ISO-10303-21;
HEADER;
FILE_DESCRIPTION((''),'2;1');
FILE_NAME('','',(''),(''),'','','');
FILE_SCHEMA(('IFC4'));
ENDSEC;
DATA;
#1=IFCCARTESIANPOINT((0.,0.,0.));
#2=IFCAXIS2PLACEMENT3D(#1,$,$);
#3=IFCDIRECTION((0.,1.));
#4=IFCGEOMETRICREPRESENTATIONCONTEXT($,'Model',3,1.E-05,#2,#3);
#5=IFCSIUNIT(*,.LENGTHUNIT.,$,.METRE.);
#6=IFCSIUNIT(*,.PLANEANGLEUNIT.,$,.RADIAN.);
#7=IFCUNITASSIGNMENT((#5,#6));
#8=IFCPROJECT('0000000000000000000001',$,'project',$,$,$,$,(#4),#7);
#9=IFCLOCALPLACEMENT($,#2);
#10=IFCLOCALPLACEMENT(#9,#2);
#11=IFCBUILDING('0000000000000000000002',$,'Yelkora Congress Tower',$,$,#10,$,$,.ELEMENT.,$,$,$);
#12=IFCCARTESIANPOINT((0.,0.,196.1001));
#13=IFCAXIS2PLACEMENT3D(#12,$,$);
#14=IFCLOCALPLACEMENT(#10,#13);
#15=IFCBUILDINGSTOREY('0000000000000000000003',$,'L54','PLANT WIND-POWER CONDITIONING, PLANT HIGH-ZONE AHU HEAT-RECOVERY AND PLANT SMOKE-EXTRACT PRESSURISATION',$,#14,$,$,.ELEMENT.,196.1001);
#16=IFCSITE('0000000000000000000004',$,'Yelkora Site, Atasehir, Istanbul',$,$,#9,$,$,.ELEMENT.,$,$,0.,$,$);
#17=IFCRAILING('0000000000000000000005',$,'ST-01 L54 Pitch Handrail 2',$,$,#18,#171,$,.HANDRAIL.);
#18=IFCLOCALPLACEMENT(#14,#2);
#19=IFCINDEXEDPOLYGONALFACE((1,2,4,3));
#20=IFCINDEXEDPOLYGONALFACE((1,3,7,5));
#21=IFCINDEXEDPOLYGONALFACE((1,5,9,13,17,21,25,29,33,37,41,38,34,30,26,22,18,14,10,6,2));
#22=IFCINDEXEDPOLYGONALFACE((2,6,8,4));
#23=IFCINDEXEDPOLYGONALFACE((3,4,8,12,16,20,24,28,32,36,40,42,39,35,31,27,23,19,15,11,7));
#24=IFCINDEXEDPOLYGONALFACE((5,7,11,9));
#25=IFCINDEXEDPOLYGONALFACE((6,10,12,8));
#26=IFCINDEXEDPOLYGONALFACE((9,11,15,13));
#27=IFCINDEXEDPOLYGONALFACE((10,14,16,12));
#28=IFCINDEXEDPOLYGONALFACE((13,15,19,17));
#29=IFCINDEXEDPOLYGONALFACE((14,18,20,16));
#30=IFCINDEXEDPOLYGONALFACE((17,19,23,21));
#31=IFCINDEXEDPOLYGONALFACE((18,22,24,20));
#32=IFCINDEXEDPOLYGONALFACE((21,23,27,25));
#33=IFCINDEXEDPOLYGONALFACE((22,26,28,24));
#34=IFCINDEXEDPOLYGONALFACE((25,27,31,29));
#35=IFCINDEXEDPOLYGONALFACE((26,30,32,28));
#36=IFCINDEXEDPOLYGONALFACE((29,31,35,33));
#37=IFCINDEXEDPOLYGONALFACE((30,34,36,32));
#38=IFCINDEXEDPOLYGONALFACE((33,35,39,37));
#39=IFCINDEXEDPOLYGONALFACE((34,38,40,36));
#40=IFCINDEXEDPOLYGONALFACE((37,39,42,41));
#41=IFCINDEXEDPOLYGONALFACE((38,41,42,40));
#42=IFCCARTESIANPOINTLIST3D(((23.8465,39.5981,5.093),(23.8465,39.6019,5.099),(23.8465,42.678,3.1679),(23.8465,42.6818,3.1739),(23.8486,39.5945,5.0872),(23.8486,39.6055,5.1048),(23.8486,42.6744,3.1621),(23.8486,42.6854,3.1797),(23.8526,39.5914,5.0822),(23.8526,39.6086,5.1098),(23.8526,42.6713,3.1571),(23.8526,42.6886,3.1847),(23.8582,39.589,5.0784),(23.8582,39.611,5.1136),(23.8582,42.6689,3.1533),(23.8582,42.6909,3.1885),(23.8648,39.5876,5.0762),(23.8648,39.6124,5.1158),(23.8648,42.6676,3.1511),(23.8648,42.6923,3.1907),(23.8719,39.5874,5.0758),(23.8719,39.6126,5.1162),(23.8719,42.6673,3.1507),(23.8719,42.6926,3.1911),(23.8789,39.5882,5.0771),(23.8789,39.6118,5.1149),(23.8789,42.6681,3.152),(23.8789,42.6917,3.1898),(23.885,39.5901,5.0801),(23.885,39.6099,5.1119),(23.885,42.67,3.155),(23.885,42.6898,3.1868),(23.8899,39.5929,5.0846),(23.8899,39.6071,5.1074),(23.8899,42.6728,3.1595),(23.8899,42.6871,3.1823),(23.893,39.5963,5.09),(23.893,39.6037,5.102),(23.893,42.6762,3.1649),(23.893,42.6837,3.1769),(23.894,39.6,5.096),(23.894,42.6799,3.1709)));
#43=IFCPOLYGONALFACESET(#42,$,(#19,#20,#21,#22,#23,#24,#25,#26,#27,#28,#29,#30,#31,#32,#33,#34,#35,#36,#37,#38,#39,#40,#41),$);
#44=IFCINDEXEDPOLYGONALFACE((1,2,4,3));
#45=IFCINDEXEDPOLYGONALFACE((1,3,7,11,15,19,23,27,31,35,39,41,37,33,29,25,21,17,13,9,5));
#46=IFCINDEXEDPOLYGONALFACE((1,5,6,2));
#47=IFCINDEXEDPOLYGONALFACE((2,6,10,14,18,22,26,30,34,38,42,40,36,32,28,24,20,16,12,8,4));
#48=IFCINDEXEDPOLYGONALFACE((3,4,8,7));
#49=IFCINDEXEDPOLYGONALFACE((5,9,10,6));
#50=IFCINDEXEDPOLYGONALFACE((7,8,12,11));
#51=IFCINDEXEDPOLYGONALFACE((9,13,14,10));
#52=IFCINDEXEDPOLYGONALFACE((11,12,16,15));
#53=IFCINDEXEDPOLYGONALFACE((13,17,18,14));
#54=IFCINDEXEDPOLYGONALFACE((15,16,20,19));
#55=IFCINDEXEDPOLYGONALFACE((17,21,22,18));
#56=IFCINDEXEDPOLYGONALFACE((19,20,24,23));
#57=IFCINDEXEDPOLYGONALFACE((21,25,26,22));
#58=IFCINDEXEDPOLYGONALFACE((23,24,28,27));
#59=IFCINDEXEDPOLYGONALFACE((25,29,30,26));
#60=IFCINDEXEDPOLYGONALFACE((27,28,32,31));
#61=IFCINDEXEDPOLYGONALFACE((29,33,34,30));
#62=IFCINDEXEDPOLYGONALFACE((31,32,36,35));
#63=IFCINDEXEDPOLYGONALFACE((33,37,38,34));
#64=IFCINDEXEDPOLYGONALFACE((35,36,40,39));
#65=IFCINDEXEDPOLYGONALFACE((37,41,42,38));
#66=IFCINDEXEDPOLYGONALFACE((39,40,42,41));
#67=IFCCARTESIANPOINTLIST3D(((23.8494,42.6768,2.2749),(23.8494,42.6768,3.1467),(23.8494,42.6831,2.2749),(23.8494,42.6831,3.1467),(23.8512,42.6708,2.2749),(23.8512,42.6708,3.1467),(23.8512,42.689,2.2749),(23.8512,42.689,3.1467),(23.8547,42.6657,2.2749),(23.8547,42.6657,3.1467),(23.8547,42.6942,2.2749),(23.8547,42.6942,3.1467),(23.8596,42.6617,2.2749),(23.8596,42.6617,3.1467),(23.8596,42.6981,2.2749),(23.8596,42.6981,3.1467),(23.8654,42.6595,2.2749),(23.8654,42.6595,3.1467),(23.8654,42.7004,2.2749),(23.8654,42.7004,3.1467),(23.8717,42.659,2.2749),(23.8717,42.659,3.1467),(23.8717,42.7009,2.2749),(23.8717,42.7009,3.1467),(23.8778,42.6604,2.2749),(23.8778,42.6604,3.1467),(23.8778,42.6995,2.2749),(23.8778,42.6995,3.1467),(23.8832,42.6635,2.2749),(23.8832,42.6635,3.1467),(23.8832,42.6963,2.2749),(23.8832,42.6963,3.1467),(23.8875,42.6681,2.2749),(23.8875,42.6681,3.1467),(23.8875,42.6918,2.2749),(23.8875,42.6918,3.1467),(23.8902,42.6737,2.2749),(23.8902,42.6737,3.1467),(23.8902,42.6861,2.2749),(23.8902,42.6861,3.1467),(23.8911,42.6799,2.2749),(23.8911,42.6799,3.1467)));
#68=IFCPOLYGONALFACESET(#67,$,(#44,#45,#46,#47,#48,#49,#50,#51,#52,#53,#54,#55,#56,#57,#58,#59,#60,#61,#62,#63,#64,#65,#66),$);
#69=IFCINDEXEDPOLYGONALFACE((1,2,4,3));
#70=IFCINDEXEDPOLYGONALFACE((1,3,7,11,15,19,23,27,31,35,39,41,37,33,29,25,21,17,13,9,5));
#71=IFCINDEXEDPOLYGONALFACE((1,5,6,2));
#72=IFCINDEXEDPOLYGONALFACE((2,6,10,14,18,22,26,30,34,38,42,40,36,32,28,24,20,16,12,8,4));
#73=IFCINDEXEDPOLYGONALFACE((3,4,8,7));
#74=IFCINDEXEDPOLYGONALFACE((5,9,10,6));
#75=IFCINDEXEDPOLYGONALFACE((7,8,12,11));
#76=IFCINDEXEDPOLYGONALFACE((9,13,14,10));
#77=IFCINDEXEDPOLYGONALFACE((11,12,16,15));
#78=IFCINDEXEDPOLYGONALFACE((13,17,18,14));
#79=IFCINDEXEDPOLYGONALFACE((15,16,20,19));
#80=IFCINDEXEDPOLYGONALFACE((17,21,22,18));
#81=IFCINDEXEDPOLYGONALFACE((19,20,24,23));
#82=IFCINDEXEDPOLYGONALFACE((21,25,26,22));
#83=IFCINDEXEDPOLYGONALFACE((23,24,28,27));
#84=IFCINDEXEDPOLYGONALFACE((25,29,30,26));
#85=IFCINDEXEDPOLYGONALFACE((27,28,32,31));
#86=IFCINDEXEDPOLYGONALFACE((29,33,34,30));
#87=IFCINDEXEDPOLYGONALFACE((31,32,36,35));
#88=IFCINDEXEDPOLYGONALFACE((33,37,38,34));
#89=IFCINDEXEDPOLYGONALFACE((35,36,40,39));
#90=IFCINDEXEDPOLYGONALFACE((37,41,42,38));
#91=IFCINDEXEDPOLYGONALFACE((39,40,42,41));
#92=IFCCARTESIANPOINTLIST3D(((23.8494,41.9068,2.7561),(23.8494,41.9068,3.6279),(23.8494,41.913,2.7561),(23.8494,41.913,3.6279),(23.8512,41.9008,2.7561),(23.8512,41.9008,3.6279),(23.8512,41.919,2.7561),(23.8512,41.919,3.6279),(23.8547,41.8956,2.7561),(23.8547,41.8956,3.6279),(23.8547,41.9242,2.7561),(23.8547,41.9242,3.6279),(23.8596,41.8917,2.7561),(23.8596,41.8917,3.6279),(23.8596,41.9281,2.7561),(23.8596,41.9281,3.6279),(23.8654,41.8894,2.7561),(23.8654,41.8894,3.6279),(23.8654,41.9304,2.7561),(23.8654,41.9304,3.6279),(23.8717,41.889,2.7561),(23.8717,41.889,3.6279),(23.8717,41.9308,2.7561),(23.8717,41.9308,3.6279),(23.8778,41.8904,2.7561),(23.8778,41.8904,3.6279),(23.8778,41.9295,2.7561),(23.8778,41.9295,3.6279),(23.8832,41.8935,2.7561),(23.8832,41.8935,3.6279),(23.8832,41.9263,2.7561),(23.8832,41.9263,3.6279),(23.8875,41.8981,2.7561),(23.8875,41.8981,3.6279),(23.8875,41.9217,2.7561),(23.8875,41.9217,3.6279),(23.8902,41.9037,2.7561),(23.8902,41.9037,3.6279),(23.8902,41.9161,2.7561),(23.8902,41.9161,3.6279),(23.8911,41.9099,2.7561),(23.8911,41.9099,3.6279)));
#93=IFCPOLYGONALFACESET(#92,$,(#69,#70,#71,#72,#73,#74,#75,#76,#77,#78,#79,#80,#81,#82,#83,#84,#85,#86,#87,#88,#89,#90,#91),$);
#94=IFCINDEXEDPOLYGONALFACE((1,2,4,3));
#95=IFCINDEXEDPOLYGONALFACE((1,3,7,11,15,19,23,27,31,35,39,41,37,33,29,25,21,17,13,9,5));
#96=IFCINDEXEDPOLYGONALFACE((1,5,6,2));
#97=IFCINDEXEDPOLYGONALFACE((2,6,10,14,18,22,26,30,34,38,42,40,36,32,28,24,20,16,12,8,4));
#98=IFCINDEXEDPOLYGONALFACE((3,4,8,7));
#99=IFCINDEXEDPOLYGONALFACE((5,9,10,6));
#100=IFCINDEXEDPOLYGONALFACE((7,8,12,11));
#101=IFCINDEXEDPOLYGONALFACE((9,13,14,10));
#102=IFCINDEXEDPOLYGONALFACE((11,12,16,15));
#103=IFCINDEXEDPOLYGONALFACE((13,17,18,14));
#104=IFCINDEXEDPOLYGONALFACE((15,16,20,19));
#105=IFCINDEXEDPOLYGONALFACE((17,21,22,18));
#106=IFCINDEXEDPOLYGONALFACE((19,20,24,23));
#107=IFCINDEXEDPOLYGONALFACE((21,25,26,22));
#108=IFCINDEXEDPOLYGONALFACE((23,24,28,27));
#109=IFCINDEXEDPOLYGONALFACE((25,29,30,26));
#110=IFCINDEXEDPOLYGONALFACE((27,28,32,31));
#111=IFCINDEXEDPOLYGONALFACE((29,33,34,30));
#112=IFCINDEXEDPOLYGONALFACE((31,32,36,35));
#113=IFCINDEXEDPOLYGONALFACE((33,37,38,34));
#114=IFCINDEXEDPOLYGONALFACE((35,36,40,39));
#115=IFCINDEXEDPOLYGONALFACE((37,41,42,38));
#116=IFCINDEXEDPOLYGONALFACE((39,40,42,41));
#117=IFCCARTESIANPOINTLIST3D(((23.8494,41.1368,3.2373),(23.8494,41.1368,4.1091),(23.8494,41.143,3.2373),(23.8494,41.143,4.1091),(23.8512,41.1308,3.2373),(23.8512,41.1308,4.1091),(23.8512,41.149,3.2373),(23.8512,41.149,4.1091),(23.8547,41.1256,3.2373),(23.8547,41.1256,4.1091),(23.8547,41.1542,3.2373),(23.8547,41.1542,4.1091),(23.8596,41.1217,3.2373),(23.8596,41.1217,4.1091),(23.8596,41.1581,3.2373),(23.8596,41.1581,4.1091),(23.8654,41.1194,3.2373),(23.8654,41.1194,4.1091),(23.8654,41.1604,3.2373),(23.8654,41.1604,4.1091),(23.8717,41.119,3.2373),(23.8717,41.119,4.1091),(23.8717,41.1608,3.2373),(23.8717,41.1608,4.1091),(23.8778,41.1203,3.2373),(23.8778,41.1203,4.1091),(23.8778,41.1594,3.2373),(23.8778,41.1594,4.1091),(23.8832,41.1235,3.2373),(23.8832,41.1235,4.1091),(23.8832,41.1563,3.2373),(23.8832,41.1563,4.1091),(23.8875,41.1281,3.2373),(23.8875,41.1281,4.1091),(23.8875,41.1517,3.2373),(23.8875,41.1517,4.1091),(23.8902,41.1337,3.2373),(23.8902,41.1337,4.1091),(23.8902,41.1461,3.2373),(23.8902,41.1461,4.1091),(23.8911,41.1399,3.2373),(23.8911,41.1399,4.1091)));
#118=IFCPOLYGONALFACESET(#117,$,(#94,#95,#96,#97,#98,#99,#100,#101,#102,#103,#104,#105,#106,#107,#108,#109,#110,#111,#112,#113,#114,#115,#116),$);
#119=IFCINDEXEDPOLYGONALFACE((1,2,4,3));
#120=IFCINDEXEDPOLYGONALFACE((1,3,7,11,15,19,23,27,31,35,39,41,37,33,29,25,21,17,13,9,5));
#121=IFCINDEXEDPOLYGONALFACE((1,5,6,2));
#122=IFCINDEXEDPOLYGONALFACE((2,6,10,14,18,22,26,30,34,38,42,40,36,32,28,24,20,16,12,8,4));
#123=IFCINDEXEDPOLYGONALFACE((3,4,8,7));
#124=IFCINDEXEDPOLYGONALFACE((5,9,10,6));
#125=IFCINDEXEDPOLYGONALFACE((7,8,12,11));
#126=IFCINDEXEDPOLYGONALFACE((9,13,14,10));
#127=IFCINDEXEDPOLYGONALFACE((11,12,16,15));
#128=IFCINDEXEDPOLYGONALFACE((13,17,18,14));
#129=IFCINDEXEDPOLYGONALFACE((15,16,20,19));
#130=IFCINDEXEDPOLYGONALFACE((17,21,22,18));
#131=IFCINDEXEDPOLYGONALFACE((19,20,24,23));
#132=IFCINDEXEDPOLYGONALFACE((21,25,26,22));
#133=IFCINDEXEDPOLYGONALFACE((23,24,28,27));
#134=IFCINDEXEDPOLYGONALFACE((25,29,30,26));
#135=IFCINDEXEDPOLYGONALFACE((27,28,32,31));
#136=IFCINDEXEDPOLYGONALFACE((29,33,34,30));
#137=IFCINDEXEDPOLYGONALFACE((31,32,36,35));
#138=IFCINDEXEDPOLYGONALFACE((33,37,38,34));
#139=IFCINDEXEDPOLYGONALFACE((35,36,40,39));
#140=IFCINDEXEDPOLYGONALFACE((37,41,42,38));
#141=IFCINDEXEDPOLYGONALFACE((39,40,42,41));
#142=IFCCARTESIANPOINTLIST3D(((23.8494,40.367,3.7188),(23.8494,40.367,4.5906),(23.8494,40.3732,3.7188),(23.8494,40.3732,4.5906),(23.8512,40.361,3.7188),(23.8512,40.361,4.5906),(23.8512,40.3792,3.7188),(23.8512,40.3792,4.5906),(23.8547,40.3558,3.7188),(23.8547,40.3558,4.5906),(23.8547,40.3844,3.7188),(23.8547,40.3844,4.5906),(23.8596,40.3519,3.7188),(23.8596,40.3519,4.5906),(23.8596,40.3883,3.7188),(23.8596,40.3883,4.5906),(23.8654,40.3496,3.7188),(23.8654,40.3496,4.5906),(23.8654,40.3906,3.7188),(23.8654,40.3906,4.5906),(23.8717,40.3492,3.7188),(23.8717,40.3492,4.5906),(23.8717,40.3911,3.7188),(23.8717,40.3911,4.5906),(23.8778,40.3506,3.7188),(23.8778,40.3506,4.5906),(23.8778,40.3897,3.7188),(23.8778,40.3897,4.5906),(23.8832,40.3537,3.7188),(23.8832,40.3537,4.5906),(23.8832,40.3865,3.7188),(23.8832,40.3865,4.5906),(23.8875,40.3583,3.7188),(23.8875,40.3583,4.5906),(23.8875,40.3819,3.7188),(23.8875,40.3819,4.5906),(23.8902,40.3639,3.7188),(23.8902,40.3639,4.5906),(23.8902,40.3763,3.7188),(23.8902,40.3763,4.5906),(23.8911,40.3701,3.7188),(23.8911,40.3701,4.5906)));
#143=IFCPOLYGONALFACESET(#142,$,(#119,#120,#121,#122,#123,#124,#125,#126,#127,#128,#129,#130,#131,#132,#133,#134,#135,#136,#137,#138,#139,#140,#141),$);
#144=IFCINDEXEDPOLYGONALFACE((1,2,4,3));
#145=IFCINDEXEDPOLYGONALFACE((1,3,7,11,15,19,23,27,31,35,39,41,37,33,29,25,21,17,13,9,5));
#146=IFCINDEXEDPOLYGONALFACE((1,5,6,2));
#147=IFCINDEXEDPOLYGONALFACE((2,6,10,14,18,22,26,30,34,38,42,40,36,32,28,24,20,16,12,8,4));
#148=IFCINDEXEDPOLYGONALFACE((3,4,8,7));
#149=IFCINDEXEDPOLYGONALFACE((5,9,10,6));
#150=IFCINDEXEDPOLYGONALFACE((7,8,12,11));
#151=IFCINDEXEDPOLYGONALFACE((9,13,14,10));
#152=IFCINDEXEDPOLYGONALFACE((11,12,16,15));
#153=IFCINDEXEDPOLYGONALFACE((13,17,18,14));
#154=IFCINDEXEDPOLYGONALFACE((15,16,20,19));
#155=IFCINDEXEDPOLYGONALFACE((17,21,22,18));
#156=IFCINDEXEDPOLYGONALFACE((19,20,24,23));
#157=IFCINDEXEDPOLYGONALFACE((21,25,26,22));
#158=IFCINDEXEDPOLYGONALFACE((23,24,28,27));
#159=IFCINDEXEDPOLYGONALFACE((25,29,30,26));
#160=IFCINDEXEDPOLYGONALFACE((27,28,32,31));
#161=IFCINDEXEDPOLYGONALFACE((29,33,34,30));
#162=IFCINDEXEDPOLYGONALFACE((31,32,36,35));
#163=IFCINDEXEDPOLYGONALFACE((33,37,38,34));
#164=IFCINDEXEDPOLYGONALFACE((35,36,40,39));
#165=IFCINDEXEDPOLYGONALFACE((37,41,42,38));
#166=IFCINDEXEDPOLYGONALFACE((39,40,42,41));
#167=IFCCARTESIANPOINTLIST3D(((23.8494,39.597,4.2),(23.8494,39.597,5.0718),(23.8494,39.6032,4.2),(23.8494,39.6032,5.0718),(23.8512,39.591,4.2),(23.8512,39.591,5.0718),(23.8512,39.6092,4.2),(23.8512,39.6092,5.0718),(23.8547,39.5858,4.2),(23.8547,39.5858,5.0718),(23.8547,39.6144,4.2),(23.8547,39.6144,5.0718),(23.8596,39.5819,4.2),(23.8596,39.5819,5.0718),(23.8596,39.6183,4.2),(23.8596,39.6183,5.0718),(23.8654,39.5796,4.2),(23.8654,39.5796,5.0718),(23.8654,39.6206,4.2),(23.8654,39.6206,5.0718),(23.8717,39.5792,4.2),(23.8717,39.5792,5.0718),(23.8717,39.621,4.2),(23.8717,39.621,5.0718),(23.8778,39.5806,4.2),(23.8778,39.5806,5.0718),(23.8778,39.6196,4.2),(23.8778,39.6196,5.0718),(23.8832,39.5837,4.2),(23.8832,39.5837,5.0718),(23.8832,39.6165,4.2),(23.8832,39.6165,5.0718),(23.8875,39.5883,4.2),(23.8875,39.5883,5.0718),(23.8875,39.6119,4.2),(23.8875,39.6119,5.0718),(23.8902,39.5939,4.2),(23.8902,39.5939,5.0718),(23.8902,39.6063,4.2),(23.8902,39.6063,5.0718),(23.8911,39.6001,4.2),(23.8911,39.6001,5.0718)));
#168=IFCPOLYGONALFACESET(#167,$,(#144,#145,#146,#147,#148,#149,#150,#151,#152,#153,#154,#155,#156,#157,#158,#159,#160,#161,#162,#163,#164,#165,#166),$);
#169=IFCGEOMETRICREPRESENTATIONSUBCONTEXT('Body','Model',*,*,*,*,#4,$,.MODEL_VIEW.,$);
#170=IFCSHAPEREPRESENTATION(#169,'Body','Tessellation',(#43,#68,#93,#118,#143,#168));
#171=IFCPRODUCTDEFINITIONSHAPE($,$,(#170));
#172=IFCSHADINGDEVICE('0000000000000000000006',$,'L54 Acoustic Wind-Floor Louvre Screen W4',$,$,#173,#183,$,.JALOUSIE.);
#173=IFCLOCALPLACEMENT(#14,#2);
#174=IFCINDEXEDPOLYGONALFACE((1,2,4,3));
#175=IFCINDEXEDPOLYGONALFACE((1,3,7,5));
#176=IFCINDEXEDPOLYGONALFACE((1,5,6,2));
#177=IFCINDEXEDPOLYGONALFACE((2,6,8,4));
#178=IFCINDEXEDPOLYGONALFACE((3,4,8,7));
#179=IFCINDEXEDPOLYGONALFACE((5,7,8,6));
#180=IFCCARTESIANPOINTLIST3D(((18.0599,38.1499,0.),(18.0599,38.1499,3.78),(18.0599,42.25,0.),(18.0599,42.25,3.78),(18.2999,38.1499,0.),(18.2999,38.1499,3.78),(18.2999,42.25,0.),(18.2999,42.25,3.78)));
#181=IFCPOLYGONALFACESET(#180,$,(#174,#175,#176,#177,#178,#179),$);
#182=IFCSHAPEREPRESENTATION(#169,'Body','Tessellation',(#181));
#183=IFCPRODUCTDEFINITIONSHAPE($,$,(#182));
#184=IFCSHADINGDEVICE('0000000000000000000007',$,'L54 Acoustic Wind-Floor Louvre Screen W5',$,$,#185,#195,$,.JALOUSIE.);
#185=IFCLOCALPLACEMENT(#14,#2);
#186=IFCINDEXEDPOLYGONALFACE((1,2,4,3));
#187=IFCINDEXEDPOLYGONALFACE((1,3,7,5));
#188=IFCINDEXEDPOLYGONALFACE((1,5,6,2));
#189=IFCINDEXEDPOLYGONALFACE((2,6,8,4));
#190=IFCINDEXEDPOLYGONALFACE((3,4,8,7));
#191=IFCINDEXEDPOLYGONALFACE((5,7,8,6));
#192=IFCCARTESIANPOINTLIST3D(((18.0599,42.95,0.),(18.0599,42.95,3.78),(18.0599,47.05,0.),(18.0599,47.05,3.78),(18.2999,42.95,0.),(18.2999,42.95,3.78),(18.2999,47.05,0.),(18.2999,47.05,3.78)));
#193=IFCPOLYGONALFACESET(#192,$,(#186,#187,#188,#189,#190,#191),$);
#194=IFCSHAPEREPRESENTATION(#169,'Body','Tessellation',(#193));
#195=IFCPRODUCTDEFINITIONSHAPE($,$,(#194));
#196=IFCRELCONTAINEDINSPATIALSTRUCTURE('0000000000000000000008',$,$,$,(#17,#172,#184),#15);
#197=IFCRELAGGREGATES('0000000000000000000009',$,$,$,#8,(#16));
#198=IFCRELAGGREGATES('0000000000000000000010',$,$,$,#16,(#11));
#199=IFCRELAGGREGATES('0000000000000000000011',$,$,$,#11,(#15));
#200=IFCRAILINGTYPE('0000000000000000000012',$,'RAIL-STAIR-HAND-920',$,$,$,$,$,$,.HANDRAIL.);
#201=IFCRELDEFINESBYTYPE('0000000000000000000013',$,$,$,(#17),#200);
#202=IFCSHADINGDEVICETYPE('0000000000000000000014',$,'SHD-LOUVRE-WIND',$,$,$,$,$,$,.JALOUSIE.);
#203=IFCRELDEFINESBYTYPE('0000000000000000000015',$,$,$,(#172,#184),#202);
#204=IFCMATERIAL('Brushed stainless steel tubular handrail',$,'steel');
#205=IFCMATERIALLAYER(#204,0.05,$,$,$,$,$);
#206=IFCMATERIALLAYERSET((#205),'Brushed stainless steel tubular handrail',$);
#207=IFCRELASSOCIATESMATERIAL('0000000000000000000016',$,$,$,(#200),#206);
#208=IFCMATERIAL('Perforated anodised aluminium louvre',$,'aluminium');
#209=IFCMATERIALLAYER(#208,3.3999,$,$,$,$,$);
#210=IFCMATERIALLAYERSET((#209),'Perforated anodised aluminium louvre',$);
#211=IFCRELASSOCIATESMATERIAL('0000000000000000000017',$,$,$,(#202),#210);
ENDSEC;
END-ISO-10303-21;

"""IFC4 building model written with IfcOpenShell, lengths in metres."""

from ifc_helpers import new_model, si_unit, direction, frame, origin, origin_2d, place, context, subcontext, project, spatial, rectangle, circle, extrude, material, layer, layer_set, type_object, element, save


model = new_model("IFC4")

# Units and contexts
model_context = context("Model", 3, precision=1e-05, world=origin(), true_north=direction((0.0, 1.0)))
body_context = subcontext(model_context, "Body", "Model", "MODEL_VIEW")
ifc_project = project(units=[si_unit("LENGTHUNIT", "METRE"), si_unit("PLANEANGLEUNIT", "RADIAN")], contexts=[model_context])

# Site, building, storey
site_placement = place(None, origin())
site = spatial("IfcSite", under=ifc_project, at=site_placement, Name="Yelkora Site, Atasehir, Istanbul", CompositionType="ELEMENT", RefElevation=0.0)
building_placement = place(site_placement, origin())
building = spatial("IfcBuilding", under=site, at=building_placement, Name="Yelkora Congress Tower", CompositionType="ELEMENT")
storey_placement = place(building_placement, frame((0.0, 0.0, 196.1001)))
storey = spatial("IfcBuildingStorey", under=building, at=storey_placement, Name="L54", Description="PLANT WIND-POWER CONDITIONING, PLANT HIGH-ZONE AHU HEAT-RECOVERY AND PLANT SMOKE-EXTRACT PRESSURISATION", CompositionType="ELEMENT", Elevation=196.1001)

# Railing
ifc_material_1 = material(Name="Brushed stainless steel tubular handrail", Category="steel")
ifc_layer_1 = layer(ifc_material_1, 0.05)
ifc_layer_set_1 = layer_set([ifc_layer_1], Name="Brushed stainless steel tubular handrail")
railing_type_1 = type_object("IfcRailingType", Name="RAIL-STAIR-HAND-920", PredefinedType="HANDRAIL", material=ifc_layer_set_1)
railing_1_placement = place(storey_placement, frame((23.8701, 42.6799, 2.2749)))
element("IfcRailing", 1, at=railing_1_placement, inside=storey, type_object=railing_type_1, Name="ST-01 L54 Pitch Handrail 2", PredefinedType="HANDRAIL", context=body_context, shape_type="SweptSolid", body=[
    extrude(circle(Radius=0.0239, at=origin_2d()), frame((0.0, 0.0, 0.896), z_axis=(0.0, -0.847979, 0.530029), x_axis=(1.0, 0.0, 0.0)), (0.0, 0.0, 1.0), 3.6321),
    extrude(circle(Radius=0.021, at=origin_2d()), origin(), (0.0, 0.0, 1.0), 0.8718),
    extrude(circle(Radius=0.021, at=origin_2d()), frame((0.0, -0.77, 0.4812)), (0.0, 0.0, 1.0), 0.8718),
    extrude(circle(Radius=0.021, at=origin_2d()), frame((0.0, -1.54, 0.9624)), (0.0, 0.0, 1.0), 0.8718),
    extrude(circle(Radius=0.021, at=origin_2d()), frame((0.0, -2.3098, 1.4438)), (0.0, 0.0, 1.0), 0.8718),
    extrude(circle(Radius=0.021, at=origin_2d()), frame((0.0, -3.0798, 1.925)), (0.0, 0.0, 1.0), 0.8718),
])

# Shading devices
ifc_material_2 = material(Name="Perforated anodised aluminium louvre", Category="aluminium")
ifc_layer_2 = layer(ifc_material_2, 3.3999)
ifc_layer_set_2 = layer_set([ifc_layer_2], Name="Perforated anodised aluminium louvre")
shading_device_type = type_object("IfcShadingDeviceType", Name="SHD-LOUVRE-WIND", PredefinedType="JALOUSIE", material=ifc_layer_set_2)
for number, where, z_axis, x_axis, name in (
    (2, (18.1799, 40.2, 0.0), (0.0, 0.0, 1.0), (1.0, 0.0, 0.0), "L54 Acoustic Wind-Floor Louvre Screen W4"),
    (3, (18.1799, 45.0, 0.0), (0.0, 0.0, 1.0), (1.0, 0.0, 0.0), "L54 Acoustic Wind-Floor Louvre Screen W5"),
):
    element("IfcShadingDevice", number, at=place(storey_placement, frame(where, z_axis=z_axis, x_axis=x_axis)), inside=storey, type_object=shading_device_type, Name=name, PredefinedType="JALOUSIE", context=body_context, shape_type="SweptSolid", body=[
        extrude(rectangle(XDim=0.24, YDim=4.1001, at=origin_2d()), origin(), (0.0, 0.0, 1.0), 3.78),
    ])

save(model, "model.ifc")
